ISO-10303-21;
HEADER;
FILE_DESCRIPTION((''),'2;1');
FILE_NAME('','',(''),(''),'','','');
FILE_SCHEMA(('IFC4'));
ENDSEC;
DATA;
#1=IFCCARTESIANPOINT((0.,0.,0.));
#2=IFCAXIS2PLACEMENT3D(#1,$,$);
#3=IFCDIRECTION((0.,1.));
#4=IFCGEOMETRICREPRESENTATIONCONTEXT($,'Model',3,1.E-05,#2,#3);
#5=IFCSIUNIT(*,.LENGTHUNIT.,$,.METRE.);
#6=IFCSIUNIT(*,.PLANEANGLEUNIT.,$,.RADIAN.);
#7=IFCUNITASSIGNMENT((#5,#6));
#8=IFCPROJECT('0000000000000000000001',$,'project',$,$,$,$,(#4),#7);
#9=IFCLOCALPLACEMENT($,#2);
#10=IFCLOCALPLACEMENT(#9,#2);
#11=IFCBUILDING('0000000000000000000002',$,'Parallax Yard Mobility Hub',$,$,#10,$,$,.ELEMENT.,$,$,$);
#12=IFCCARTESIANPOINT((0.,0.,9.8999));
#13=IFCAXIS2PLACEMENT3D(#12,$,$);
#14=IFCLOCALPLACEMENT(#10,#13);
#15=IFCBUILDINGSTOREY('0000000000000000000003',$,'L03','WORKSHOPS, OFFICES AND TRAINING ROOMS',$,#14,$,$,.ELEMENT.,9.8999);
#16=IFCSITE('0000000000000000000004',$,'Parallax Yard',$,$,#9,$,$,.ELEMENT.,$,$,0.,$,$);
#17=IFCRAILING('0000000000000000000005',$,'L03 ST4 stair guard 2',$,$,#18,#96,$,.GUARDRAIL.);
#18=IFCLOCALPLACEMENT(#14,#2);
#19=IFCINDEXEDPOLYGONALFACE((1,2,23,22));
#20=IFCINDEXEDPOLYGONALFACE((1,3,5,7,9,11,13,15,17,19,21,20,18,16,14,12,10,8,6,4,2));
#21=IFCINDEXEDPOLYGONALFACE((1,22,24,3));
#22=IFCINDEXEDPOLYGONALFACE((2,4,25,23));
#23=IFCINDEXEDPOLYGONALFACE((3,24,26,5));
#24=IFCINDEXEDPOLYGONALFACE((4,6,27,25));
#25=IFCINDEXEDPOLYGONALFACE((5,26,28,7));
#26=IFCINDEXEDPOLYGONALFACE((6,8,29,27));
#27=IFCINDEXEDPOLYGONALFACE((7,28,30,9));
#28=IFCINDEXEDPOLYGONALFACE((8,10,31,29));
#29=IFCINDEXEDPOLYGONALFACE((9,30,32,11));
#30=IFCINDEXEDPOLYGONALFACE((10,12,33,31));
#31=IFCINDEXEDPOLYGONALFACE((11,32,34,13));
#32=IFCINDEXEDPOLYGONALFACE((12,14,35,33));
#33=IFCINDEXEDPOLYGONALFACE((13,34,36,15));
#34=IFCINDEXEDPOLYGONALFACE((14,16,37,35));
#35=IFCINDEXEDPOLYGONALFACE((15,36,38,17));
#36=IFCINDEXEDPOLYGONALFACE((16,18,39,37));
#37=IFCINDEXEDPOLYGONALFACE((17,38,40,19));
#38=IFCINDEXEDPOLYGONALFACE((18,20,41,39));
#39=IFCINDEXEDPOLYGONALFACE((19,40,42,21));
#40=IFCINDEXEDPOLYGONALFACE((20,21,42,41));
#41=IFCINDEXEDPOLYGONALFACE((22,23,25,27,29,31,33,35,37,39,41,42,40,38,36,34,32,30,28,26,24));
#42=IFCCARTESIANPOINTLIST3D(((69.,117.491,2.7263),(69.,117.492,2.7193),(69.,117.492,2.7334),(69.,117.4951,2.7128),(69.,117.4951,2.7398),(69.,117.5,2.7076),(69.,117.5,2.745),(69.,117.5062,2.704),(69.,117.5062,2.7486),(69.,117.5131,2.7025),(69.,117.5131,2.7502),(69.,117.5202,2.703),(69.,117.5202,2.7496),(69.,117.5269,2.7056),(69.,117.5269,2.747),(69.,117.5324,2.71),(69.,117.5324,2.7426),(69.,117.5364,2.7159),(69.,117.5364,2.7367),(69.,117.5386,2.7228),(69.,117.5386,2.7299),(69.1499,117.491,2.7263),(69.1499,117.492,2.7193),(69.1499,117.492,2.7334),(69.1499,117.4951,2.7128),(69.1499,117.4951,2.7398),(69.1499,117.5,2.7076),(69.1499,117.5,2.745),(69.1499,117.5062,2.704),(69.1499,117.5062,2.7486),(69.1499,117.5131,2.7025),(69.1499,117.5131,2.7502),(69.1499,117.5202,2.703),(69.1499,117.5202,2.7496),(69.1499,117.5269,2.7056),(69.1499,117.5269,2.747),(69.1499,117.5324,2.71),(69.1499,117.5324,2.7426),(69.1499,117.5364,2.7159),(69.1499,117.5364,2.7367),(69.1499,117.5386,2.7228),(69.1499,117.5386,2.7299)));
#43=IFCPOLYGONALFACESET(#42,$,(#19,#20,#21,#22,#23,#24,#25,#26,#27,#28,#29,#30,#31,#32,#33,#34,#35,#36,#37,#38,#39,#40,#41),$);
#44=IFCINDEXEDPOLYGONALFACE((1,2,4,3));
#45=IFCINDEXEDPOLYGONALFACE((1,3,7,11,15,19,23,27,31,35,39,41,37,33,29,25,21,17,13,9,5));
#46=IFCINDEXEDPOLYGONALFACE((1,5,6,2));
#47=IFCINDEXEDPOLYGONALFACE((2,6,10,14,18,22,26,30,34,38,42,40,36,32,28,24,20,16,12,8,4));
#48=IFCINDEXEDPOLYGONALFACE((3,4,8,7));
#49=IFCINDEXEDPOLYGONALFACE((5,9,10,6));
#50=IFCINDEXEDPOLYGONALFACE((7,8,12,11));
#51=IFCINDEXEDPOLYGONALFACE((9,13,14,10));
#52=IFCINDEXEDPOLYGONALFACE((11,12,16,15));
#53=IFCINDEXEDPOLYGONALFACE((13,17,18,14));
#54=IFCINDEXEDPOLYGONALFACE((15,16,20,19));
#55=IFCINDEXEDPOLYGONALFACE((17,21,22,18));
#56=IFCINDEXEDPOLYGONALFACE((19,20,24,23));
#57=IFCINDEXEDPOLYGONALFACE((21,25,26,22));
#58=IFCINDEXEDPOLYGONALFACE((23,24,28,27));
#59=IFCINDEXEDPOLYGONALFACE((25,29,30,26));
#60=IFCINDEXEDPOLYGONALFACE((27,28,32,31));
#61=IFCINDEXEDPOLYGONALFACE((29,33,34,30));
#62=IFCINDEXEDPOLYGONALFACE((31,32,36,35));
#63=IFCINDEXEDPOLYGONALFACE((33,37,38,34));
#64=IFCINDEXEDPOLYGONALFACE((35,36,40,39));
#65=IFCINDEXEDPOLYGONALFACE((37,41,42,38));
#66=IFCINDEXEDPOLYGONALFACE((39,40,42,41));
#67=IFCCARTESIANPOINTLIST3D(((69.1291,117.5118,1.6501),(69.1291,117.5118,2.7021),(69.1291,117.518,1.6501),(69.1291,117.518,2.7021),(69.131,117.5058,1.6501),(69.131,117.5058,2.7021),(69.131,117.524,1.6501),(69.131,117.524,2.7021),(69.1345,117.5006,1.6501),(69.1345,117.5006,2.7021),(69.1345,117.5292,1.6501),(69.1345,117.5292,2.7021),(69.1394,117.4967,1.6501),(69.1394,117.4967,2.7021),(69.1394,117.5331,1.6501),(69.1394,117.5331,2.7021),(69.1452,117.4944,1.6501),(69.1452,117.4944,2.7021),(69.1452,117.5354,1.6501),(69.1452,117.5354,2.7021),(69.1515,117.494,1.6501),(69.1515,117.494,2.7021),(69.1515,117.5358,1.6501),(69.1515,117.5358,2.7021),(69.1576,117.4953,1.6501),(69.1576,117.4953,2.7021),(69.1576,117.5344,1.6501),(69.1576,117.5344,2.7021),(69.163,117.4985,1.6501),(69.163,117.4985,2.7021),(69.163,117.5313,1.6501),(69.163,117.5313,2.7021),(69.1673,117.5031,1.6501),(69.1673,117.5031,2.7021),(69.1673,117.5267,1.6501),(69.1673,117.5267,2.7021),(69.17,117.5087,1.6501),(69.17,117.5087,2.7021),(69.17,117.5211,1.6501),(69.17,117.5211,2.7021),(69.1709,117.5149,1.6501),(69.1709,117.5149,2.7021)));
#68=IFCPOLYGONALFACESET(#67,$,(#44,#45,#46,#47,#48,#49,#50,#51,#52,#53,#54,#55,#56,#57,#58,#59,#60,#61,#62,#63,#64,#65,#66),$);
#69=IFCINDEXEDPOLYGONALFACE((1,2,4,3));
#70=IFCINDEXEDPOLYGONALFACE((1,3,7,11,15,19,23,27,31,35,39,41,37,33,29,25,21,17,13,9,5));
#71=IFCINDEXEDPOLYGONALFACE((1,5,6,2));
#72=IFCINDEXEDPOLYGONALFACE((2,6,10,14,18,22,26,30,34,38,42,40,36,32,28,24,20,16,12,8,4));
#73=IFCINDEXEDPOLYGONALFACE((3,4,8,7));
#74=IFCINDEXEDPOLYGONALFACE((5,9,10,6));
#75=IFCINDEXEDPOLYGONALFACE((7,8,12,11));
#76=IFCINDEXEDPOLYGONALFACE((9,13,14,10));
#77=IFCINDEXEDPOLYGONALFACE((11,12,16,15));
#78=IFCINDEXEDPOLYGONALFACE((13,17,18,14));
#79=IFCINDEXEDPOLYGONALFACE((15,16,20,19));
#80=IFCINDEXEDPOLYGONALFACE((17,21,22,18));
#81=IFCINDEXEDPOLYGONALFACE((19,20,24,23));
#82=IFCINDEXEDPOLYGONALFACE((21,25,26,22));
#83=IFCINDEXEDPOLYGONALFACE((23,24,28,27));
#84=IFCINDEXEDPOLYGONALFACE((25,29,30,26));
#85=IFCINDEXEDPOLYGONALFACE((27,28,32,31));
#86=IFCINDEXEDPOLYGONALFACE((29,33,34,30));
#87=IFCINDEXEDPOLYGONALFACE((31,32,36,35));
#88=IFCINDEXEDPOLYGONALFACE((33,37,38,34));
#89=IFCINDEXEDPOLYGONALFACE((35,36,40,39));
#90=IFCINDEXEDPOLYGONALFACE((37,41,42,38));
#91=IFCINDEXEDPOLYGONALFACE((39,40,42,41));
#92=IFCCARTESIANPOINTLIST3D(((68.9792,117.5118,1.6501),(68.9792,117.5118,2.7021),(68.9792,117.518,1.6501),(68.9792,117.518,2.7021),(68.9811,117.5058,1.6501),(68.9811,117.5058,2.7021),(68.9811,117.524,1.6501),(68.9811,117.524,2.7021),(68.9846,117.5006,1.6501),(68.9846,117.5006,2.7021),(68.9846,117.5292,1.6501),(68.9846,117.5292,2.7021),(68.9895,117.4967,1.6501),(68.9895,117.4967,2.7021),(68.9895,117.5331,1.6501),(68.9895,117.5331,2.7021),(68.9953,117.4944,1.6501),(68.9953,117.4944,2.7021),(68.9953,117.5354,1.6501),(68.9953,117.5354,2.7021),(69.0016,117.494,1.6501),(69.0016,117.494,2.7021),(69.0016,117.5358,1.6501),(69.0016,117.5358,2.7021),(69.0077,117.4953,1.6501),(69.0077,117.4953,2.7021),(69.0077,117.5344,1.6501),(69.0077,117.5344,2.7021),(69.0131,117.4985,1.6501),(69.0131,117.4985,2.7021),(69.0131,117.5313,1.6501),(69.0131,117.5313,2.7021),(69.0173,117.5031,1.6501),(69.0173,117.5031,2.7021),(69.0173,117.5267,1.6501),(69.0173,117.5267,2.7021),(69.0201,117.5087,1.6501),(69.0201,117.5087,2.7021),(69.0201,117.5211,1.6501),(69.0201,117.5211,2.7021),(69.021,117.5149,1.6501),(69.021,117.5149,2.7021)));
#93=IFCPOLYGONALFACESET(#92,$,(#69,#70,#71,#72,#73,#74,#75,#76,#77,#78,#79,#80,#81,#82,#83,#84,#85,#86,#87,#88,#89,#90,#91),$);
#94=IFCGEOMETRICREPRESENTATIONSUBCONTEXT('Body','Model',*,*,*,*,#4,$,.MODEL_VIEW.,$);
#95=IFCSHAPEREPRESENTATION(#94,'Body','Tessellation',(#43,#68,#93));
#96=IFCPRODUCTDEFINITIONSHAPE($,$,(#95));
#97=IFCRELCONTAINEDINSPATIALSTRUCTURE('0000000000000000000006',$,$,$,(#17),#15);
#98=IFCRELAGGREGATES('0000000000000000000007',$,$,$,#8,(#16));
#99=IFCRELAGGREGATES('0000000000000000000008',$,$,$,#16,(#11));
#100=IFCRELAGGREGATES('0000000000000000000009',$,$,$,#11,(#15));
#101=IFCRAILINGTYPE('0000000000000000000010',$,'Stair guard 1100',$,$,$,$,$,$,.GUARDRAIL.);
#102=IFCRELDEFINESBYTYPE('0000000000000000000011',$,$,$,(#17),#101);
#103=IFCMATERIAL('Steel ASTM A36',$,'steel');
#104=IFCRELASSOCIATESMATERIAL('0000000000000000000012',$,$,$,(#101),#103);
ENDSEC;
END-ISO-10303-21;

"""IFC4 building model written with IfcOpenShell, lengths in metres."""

from ifc_helpers import new_model, si_unit, direction, frame, origin, origin_2d, place, context, subcontext, project, spatial, circle, extrude, material, type_object, element, save


model = new_model("IFC4")

# Units and contexts
model_context = context("Model", 3, precision=1e-05, world=origin(), true_north=direction((0.0, 1.0)))
body_context = subcontext(model_context, "Body", "Model", "MODEL_VIEW")
ifc_project = project(units=[si_unit("LENGTHUNIT", "METRE"), si_unit("PLANEANGLEUNIT", "RADIAN")], contexts=[model_context])

# Site, building, storey
site_placement = place(None, origin())
site = spatial("IfcSite", under=ifc_project, at=site_placement, Name="Parallax Yard", CompositionType="ELEMENT", RefElevation=0.0)
building_placement = place(site_placement, origin())
building = spatial("IfcBuilding", under=site, at=building_placement, Name="Parallax Yard Mobility Hub", CompositionType="ELEMENT")
storey_placement = place(building_placement, frame((0.0, 0.0, 9.8999)))
storey = spatial("IfcBuildingStorey", under=building, at=storey_placement, Name="L03", Description="WORKSHOPS, OFFICES AND TRAINING ROOMS", CompositionType="ELEMENT", Elevation=9.8999)

# Railing
ifc_material_1 = material(Name="Steel ASTM A36", Category="steel")
railing_type_1 = type_object("IfcRailingType", Name="Stair guard 1100", PredefinedType="GUARDRAIL", material=ifc_material_1)
railing_1_placement = place(storey_placement, frame((69.1499, 117.5149, 1.6501)))
element("IfcRailing", 1, at=railing_1_placement, inside=storey, type_object=railing_type_1, Name="L03 ST4 stair guard 2", PredefinedType="GUARDRAIL", context=body_context, shape_type="SweptSolid", body=[
    extrude(circle(Radius=0.0239, at=origin_2d()), frame((0.0, 0.0, 1.0762), z_axis=(-1.0, 0.0, 0.0), x_axis=(0.0, -1.0, 0.0)), (0.0, 0.0, 1.0), 0.1499),
    extrude(circle(Radius=0.021, at=origin_2d()), origin(), (0.0, 0.0, 1.0), 1.052),
    extrude(circle(Radius=0.021, at=origin_2d()), frame((-0.1499, 0.0, 0.0)), (0.0, 0.0, 1.0), 1.052),
])

save(model, "model.ifc")
